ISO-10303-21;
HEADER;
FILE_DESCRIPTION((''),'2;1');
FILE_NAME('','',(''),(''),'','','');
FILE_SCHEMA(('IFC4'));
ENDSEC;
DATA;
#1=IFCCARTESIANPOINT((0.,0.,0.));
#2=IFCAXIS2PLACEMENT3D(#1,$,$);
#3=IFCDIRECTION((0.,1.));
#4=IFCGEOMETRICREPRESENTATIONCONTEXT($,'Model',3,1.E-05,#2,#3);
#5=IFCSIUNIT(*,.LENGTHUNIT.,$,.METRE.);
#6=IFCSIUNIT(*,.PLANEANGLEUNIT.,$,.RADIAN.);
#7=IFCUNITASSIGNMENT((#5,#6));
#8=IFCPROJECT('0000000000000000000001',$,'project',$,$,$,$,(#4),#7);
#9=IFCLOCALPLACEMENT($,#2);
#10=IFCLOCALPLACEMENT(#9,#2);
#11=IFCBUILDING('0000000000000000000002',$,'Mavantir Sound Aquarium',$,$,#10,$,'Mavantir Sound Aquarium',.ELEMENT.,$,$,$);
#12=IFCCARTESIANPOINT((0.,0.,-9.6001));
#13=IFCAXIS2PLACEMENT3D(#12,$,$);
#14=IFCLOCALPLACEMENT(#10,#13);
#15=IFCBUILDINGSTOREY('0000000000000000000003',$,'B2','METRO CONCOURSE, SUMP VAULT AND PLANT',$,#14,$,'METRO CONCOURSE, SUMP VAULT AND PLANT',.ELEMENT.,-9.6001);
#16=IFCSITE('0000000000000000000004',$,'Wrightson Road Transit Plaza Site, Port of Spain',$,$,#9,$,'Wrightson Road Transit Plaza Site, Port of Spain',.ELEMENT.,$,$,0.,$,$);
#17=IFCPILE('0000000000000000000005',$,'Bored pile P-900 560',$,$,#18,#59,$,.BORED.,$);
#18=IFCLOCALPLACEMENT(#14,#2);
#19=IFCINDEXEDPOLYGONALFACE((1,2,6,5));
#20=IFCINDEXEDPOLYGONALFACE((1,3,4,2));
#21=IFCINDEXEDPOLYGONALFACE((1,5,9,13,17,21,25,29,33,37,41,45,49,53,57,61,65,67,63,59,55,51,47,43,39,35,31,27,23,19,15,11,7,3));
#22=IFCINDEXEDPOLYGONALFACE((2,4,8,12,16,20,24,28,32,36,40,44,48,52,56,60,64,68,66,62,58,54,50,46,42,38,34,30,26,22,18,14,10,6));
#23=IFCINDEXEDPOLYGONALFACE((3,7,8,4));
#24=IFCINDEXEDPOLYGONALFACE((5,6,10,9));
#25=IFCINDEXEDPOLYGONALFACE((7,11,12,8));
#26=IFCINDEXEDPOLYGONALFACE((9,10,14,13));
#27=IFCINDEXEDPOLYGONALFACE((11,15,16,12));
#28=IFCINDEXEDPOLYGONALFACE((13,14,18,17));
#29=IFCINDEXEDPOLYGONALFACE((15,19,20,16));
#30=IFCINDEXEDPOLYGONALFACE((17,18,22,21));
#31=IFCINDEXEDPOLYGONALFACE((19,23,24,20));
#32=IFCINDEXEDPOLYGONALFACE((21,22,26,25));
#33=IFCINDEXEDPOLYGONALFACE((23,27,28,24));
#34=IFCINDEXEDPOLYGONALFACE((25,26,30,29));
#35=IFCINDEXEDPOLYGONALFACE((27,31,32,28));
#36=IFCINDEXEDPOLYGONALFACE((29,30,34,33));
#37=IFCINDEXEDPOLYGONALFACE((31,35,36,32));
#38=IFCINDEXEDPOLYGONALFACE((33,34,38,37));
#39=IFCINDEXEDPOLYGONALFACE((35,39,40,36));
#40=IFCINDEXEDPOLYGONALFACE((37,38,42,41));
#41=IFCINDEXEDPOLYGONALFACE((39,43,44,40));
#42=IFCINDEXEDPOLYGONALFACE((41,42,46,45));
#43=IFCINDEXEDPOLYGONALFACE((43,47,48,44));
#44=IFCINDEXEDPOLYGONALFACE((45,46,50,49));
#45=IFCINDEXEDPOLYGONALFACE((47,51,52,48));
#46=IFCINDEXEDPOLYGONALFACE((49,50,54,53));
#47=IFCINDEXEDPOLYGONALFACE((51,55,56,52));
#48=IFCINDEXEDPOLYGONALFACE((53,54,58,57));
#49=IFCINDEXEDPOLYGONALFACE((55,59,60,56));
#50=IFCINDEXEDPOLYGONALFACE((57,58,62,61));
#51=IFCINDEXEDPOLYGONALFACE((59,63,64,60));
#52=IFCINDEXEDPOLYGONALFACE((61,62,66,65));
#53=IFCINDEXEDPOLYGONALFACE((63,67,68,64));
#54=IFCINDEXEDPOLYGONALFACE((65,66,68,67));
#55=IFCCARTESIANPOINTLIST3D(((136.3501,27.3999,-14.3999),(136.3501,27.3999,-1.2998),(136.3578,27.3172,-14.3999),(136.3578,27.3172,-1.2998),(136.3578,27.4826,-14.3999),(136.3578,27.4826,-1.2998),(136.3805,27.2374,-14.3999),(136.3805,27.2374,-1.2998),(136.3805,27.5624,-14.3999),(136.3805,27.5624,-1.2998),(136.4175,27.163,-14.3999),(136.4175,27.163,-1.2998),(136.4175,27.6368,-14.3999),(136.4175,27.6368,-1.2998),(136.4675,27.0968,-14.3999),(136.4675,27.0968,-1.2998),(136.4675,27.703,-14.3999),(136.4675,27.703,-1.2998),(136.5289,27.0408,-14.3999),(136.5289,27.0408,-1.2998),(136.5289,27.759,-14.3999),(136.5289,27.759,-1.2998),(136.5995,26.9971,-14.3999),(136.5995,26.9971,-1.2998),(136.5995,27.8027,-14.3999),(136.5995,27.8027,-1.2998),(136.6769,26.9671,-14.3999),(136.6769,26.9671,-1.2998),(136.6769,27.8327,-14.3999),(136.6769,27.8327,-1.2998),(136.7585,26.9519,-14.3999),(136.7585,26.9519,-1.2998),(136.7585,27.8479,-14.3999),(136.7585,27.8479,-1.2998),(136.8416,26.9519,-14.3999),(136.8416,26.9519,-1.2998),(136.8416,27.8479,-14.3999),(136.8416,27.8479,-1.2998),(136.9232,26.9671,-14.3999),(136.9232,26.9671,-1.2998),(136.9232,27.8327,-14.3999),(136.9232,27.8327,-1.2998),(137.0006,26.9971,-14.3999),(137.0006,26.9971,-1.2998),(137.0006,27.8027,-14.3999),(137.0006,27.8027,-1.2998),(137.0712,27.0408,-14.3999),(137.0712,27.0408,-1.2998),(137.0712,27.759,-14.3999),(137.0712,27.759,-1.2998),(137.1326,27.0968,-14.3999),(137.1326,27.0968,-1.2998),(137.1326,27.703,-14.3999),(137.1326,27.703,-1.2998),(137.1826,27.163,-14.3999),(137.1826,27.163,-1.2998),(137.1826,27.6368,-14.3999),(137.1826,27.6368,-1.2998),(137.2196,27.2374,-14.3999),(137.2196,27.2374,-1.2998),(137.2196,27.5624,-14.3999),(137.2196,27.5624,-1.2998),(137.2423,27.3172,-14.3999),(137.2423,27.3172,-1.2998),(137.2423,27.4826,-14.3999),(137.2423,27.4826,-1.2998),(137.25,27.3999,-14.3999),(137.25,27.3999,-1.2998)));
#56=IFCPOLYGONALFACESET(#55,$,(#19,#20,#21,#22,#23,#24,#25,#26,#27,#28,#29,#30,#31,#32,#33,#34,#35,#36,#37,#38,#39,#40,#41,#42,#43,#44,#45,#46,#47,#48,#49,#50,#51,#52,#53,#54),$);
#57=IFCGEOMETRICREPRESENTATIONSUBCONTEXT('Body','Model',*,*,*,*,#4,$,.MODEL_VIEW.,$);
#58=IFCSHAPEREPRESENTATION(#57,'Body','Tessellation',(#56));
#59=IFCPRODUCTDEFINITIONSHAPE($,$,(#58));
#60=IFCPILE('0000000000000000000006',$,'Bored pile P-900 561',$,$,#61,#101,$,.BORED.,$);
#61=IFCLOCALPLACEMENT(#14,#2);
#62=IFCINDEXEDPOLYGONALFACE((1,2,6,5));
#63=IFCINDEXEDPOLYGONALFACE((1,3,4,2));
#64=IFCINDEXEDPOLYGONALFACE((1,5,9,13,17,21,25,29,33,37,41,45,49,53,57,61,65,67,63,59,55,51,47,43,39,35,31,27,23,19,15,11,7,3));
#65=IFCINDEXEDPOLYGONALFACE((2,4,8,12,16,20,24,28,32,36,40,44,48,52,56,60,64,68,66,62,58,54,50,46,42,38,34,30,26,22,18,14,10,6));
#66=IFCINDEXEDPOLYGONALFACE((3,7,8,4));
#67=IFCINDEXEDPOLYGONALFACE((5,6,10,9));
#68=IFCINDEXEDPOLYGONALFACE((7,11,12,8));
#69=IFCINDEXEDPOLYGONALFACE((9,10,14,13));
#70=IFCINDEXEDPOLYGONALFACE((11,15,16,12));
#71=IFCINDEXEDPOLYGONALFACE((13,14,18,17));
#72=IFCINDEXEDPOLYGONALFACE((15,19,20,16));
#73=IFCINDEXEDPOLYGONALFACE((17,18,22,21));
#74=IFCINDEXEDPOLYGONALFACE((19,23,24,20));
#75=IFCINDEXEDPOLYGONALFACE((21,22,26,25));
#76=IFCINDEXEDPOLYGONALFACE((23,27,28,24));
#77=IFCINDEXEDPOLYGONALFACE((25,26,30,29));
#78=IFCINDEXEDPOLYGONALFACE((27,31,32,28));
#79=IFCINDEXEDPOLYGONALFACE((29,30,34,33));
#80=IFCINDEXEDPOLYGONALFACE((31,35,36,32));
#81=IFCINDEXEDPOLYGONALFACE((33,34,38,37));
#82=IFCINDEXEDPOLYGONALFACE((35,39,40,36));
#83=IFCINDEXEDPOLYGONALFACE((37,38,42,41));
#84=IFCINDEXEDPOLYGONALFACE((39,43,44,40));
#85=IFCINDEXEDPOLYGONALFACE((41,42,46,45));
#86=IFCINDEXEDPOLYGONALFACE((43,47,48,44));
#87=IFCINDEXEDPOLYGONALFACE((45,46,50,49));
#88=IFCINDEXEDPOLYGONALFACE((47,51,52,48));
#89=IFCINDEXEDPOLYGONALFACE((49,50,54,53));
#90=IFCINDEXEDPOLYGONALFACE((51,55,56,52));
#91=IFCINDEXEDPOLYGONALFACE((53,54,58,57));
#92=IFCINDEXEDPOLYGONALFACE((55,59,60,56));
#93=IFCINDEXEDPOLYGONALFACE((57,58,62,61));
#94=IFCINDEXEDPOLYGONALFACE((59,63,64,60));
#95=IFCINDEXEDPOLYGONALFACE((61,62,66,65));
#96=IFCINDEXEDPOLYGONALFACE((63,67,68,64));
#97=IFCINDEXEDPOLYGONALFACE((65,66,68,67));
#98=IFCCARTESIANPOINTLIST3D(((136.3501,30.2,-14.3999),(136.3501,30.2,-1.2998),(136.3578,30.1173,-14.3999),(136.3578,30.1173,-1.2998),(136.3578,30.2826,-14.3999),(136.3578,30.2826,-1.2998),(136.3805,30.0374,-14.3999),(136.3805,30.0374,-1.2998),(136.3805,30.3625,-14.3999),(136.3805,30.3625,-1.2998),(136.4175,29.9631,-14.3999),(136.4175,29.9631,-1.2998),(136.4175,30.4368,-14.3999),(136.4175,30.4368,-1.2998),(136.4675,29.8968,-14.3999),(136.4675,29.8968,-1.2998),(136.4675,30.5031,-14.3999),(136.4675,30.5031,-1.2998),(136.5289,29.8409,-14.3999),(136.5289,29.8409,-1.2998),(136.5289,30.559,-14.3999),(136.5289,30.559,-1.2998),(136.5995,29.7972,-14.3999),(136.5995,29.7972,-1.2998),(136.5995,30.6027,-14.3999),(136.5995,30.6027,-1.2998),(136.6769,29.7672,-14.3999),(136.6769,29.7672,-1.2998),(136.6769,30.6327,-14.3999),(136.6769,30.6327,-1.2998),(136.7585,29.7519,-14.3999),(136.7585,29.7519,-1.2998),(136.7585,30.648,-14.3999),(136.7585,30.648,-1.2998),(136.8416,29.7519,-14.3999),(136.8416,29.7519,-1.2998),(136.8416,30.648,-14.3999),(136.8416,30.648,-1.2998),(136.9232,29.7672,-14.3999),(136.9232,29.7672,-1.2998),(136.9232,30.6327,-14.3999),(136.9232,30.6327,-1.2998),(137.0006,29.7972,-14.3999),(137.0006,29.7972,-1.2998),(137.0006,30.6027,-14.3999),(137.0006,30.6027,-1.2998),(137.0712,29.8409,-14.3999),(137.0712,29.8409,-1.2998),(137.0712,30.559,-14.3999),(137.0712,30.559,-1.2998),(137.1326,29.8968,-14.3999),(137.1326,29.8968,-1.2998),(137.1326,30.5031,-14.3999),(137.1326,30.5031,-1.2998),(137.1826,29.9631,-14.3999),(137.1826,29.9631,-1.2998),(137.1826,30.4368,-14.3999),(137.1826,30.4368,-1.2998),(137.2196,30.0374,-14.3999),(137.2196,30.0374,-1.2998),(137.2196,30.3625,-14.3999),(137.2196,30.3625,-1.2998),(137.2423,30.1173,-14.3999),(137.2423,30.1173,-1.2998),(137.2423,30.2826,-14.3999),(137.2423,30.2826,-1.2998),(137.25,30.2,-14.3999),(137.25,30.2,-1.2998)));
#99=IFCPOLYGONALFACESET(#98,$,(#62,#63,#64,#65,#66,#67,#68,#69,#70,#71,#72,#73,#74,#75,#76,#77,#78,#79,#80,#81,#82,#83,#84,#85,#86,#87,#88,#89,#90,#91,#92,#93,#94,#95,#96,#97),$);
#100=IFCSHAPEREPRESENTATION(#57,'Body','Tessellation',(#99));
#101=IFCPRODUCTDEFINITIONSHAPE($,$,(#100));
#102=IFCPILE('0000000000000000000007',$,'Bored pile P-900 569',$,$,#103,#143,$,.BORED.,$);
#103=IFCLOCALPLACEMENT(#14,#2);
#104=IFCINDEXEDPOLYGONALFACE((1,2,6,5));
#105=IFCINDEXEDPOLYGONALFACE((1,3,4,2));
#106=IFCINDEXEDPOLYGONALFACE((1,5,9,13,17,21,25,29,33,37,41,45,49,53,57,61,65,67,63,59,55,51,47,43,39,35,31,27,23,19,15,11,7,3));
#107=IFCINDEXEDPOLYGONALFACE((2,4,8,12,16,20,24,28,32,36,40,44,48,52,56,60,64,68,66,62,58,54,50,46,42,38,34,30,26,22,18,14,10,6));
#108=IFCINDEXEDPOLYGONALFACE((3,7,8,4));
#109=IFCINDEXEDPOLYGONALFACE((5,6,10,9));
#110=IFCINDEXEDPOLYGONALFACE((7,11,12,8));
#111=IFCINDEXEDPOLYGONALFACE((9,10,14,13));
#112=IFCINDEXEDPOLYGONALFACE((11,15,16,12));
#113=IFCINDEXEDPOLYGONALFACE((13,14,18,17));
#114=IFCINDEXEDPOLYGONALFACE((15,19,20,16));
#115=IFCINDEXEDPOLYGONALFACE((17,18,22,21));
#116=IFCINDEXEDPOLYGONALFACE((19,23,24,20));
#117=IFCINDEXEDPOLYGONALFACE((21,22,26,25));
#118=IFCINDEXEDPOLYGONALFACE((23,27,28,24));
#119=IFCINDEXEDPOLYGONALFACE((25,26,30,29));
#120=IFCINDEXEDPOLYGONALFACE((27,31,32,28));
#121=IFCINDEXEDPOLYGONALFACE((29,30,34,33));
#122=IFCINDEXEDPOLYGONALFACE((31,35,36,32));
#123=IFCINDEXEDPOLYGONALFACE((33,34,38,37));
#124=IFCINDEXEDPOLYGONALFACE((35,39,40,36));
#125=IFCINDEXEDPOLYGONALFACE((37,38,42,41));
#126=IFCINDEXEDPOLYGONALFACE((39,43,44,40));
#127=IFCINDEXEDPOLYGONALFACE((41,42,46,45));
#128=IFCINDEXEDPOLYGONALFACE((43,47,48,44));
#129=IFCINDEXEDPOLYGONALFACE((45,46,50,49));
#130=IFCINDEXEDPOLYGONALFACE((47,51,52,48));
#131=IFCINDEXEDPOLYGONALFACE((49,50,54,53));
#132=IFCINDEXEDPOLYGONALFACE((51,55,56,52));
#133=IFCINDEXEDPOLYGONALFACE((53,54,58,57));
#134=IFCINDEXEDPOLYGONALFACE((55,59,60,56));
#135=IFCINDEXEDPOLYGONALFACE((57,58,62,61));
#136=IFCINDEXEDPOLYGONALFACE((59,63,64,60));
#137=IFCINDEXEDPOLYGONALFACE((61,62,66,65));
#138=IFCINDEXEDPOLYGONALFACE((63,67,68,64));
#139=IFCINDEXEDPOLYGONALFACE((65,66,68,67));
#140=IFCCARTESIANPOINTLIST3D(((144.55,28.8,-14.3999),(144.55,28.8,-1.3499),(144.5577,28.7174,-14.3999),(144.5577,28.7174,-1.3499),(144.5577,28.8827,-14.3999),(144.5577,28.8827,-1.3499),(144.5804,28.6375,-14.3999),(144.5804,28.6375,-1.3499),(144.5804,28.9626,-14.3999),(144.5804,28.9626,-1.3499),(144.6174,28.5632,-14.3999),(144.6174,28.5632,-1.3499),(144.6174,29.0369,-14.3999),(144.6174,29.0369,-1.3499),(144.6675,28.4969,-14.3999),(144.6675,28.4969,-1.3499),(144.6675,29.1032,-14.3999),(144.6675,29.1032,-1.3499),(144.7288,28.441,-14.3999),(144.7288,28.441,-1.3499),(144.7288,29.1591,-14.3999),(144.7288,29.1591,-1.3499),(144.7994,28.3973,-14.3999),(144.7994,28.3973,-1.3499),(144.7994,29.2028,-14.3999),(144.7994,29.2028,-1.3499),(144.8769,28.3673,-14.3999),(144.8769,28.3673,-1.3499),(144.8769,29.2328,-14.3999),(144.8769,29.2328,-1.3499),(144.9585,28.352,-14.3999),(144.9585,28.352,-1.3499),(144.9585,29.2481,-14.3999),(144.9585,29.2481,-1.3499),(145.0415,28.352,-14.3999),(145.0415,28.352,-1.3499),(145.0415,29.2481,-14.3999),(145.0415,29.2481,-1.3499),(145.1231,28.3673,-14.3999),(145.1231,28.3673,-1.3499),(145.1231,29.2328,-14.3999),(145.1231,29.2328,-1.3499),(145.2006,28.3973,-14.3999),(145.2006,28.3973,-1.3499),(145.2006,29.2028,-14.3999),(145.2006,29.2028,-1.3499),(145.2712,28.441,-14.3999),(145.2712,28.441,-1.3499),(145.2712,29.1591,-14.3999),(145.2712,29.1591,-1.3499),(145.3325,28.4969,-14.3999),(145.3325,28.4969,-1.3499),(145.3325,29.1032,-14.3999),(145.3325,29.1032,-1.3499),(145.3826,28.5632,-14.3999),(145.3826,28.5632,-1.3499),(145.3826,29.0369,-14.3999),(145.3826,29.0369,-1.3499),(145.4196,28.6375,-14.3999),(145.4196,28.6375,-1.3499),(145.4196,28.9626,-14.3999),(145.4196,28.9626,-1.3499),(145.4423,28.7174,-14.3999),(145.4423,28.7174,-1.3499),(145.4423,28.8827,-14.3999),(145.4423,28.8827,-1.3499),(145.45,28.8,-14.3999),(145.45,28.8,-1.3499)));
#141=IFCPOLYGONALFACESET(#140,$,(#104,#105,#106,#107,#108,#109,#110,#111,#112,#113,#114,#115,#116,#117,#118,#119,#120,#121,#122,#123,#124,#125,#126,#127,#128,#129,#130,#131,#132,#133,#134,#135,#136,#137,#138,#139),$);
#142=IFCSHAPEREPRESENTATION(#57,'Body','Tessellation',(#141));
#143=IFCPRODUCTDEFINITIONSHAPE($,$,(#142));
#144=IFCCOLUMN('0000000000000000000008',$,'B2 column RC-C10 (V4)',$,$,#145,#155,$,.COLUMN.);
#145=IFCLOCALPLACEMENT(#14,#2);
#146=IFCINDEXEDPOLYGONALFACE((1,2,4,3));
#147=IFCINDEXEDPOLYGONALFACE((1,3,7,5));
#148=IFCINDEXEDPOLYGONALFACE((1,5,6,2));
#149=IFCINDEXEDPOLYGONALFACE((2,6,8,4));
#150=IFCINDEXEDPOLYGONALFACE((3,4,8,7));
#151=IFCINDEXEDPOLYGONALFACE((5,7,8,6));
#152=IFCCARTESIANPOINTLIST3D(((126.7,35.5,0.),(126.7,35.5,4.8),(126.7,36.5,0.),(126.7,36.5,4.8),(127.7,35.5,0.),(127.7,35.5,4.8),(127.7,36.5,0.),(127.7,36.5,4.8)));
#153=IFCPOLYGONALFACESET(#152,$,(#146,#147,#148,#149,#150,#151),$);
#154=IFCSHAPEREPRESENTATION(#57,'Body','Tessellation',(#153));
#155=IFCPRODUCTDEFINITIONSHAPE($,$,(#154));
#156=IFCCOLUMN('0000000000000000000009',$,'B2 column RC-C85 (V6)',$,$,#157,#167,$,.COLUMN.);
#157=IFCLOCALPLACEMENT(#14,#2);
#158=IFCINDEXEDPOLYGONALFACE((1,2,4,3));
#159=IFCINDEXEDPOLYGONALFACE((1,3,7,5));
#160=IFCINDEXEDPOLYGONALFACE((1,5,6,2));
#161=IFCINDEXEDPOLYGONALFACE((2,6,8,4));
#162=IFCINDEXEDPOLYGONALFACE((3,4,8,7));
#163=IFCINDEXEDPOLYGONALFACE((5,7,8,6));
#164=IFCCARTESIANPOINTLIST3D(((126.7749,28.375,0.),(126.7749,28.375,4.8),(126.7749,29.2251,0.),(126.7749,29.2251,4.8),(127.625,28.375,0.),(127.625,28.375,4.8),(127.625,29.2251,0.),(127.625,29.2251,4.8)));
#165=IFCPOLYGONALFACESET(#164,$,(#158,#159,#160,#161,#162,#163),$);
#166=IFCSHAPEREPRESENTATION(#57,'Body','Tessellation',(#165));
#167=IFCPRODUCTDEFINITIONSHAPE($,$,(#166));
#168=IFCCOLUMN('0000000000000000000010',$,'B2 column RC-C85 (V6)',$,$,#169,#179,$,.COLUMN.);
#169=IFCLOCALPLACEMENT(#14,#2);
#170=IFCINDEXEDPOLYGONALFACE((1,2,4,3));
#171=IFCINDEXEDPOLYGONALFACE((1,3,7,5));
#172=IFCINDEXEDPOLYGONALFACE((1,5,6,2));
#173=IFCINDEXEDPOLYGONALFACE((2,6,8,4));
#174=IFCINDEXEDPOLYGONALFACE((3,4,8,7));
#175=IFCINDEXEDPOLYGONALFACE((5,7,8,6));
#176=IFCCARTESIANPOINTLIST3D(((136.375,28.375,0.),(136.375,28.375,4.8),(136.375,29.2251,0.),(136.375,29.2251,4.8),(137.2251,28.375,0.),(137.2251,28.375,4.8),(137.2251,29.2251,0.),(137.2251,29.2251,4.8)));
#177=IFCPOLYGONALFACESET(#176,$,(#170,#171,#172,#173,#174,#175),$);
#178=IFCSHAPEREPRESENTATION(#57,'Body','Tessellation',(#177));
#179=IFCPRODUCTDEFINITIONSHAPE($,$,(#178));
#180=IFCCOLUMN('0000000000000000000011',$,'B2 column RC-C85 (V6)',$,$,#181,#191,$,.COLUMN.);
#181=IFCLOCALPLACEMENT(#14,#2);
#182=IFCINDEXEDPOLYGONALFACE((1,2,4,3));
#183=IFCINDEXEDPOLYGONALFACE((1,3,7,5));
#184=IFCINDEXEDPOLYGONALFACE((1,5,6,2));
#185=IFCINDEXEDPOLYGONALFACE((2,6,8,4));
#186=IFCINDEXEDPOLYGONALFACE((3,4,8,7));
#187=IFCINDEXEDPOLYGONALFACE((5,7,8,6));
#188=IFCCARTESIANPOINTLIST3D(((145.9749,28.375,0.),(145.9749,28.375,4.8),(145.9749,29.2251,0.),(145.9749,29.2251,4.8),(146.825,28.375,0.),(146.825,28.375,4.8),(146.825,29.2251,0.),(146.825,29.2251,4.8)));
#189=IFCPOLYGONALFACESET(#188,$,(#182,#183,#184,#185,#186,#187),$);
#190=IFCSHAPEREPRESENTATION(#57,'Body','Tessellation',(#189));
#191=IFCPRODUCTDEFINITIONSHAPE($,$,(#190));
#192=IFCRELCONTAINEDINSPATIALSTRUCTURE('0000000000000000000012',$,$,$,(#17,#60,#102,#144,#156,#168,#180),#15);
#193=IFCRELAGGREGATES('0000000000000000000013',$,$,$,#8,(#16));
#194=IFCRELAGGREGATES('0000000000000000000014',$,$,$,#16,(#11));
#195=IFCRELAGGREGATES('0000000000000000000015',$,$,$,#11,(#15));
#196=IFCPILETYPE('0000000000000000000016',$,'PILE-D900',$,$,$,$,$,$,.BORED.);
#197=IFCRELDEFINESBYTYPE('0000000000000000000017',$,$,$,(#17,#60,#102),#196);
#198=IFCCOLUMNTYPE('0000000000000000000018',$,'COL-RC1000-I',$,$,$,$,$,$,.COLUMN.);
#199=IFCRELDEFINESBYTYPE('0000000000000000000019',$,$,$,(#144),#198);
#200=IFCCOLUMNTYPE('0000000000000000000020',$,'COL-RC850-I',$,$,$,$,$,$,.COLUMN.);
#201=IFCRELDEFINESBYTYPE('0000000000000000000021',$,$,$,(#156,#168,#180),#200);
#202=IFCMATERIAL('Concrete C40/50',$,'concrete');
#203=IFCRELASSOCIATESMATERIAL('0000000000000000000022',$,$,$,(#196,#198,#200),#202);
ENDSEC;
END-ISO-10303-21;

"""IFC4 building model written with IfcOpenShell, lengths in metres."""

from ifc_helpers import new_model, si_unit, direction, frame, origin, origin_2d, place, context, subcontext, project, spatial, rectangle, circle, extrude, material, material_profile, profile_set, type_object, element, save


model = new_model("IFC4")

# Units and contexts
model_context = context("Model", 3, precision=1e-05, world=origin(), true_north=direction((0.0, 1.0)))
body_context = subcontext(model_context, "Body", "Model", "MODEL_VIEW")
ifc_project = project(units=[si_unit("LENGTHUNIT", "METRE"), si_unit("PLANEANGLEUNIT", "RADIAN")], contexts=[model_context])

# Site, building, storey
site_placement = place(None, origin())
site = spatial("IfcSite", under=ifc_project, at=site_placement, Name="Wrightson Road Transit Plaza Site, Port of Spain", LongName="Wrightson Road Transit Plaza Site, Port of Spain", CompositionType="ELEMENT", RefElevation=0.0)
building_placement = place(site_placement, origin())
building = spatial("IfcBuilding", under=site, at=building_placement, Name="Mavantir Sound Aquarium", LongName="Mavantir Sound Aquarium", CompositionType="ELEMENT")
storey_placement = place(building_placement, frame((0.0, 0.0, -9.6001)))
storey = spatial("IfcBuildingStorey", under=building, at=storey_placement, Name="B2", Description="METRO CONCOURSE, SUMP VAULT AND PLANT", LongName="METRO CONCOURSE, SUMP VAULT AND PLANT", CompositionType="ELEMENT", Elevation=-9.6001)

# Shared definitions
ifc_material_1 = material(Name="Concrete C40/50", Category="concrete")

# Piles
ifc_material_profile_1 = material_profile(ifc_material_1, circle(Radius=0.45, at=origin_2d()), Name="PILE D900")
ifc_profile_set_1 = profile_set([ifc_material_profile_1], Name="Concrete C40/50")
pile_type = type_object("IfcPileType", Name="PILE-D900", PredefinedType="BORED", material=ifc_profile_set_1)
for number, where, z_axis, x_axis, name in (
    (1, (136.8, 27.3999, -1.2998), (0.0, 0.0, -1.0), (1.0, 0.0, 0.0), "Bored pile P-900 560"),
    (2, (136.8, 30.2, -1.2998), (0.0, 0.0, -1.0), (1.0, 0.0, 0.0), "Bored pile P-900 561"),
):
    element("IfcPile", number, at=place(storey_placement, frame(where, z_axis=z_axis, x_axis=x_axis)), inside=storey, type_object=pile_type, Name=name, PredefinedType="BORED", context=body_context, shape_type="SweptSolid", body=[
        extrude(circle(Radius=0.45, at=origin_2d()), origin(), (0.0, 0.0, 1.0), 13.1001),
    ])
pile_1_placement = place(storey_placement, frame((145.0, 28.8, -1.3499), z_axis=(0.0, 0.0, -1.0), x_axis=(1.0, 0.0, 0.0)))
element("IfcPile", 3, at=pile_1_placement, inside=storey, type_object=pile_type, Name="Bored pile P-900 569", PredefinedType="BORED", context=body_context, shape_type="SweptSolid", body=[
    extrude(circle(Radius=0.45, at=origin_2d()), origin(), (0.0, 0.0, 1.0), 13.05),
])

# Columns
ifc_material_profile_2 = material_profile(ifc_material_1, rectangle(XDim=1.0, YDim=1.0, at=origin_2d()), Name="RC 1000X1000")
ifc_profile_set_2 = profile_set([ifc_material_profile_2], Name="Concrete C40/50")
column_type_1 = type_object("IfcColumnType", Name="COL-RC1000-I", PredefinedType="COLUMN", material=ifc_profile_set_2)
column_placement = place(storey_placement, frame((127.2, 36.0, 0.0), z_axis=(0.0, 0.0, 1.0), x_axis=(1.0, 0.0, 0.0)))
element("IfcColumn", 4, at=column_placement, inside=storey, type_object=column_type_1, Name="B2 column RC-C10 (V4)", PredefinedType="COLUMN", context=body_context, shape_type="SweptSolid", body=[
    extrude(rectangle(XDim=1.0, YDim=1.0, at=origin_2d()), origin(), (0.0, 0.0, 1.0), 4.8),
])
ifc_material_profile_3 = material_profile(ifc_material_1, rectangle(XDim=0.8501, YDim=0.8501, at=origin_2d()), Name="RC 850X850")
ifc_profile_set_3 = profile_set([ifc_material_profile_3], Name="Concrete C40/50")
column_type_2 = type_object("IfcColumnType", Name="COL-RC850-I", PredefinedType="COLUMN", material=ifc_profile_set_3)
for number, where, z_axis, x_axis, name in (
    (5, (127.2, 28.8, 0.0), (0.0, 0.0, 1.0), (1.0, 0.0, 0.0), "B2 column RC-C85 (V6)"),
    (6, (136.8, 28.8, 0.0), (0.0, 0.0, 1.0), (1.0, 0.0, 0.0), "B2 column RC-C85 (V6)"),
    (7, (146.3999, 28.8, 0.0), (0.0, 0.0, 1.0), (1.0, 0.0, 0.0), "B2 column RC-C85 (V6)"),
):
    element("IfcColumn", number, at=place(storey_placement, frame(where, z_axis=z_axis, x_axis=x_axis)), inside=storey, type_object=column_type_2, Name=name, PredefinedType="COLUMN", context=body_context, shape_type="SweptSolid", body=[
        extrude(rectangle(XDim=0.8501, YDim=0.8501, at=origin_2d()), origin(), (0.0, 0.0, 1.0), 4.8),
    ])

save(model, "model.ifc")
